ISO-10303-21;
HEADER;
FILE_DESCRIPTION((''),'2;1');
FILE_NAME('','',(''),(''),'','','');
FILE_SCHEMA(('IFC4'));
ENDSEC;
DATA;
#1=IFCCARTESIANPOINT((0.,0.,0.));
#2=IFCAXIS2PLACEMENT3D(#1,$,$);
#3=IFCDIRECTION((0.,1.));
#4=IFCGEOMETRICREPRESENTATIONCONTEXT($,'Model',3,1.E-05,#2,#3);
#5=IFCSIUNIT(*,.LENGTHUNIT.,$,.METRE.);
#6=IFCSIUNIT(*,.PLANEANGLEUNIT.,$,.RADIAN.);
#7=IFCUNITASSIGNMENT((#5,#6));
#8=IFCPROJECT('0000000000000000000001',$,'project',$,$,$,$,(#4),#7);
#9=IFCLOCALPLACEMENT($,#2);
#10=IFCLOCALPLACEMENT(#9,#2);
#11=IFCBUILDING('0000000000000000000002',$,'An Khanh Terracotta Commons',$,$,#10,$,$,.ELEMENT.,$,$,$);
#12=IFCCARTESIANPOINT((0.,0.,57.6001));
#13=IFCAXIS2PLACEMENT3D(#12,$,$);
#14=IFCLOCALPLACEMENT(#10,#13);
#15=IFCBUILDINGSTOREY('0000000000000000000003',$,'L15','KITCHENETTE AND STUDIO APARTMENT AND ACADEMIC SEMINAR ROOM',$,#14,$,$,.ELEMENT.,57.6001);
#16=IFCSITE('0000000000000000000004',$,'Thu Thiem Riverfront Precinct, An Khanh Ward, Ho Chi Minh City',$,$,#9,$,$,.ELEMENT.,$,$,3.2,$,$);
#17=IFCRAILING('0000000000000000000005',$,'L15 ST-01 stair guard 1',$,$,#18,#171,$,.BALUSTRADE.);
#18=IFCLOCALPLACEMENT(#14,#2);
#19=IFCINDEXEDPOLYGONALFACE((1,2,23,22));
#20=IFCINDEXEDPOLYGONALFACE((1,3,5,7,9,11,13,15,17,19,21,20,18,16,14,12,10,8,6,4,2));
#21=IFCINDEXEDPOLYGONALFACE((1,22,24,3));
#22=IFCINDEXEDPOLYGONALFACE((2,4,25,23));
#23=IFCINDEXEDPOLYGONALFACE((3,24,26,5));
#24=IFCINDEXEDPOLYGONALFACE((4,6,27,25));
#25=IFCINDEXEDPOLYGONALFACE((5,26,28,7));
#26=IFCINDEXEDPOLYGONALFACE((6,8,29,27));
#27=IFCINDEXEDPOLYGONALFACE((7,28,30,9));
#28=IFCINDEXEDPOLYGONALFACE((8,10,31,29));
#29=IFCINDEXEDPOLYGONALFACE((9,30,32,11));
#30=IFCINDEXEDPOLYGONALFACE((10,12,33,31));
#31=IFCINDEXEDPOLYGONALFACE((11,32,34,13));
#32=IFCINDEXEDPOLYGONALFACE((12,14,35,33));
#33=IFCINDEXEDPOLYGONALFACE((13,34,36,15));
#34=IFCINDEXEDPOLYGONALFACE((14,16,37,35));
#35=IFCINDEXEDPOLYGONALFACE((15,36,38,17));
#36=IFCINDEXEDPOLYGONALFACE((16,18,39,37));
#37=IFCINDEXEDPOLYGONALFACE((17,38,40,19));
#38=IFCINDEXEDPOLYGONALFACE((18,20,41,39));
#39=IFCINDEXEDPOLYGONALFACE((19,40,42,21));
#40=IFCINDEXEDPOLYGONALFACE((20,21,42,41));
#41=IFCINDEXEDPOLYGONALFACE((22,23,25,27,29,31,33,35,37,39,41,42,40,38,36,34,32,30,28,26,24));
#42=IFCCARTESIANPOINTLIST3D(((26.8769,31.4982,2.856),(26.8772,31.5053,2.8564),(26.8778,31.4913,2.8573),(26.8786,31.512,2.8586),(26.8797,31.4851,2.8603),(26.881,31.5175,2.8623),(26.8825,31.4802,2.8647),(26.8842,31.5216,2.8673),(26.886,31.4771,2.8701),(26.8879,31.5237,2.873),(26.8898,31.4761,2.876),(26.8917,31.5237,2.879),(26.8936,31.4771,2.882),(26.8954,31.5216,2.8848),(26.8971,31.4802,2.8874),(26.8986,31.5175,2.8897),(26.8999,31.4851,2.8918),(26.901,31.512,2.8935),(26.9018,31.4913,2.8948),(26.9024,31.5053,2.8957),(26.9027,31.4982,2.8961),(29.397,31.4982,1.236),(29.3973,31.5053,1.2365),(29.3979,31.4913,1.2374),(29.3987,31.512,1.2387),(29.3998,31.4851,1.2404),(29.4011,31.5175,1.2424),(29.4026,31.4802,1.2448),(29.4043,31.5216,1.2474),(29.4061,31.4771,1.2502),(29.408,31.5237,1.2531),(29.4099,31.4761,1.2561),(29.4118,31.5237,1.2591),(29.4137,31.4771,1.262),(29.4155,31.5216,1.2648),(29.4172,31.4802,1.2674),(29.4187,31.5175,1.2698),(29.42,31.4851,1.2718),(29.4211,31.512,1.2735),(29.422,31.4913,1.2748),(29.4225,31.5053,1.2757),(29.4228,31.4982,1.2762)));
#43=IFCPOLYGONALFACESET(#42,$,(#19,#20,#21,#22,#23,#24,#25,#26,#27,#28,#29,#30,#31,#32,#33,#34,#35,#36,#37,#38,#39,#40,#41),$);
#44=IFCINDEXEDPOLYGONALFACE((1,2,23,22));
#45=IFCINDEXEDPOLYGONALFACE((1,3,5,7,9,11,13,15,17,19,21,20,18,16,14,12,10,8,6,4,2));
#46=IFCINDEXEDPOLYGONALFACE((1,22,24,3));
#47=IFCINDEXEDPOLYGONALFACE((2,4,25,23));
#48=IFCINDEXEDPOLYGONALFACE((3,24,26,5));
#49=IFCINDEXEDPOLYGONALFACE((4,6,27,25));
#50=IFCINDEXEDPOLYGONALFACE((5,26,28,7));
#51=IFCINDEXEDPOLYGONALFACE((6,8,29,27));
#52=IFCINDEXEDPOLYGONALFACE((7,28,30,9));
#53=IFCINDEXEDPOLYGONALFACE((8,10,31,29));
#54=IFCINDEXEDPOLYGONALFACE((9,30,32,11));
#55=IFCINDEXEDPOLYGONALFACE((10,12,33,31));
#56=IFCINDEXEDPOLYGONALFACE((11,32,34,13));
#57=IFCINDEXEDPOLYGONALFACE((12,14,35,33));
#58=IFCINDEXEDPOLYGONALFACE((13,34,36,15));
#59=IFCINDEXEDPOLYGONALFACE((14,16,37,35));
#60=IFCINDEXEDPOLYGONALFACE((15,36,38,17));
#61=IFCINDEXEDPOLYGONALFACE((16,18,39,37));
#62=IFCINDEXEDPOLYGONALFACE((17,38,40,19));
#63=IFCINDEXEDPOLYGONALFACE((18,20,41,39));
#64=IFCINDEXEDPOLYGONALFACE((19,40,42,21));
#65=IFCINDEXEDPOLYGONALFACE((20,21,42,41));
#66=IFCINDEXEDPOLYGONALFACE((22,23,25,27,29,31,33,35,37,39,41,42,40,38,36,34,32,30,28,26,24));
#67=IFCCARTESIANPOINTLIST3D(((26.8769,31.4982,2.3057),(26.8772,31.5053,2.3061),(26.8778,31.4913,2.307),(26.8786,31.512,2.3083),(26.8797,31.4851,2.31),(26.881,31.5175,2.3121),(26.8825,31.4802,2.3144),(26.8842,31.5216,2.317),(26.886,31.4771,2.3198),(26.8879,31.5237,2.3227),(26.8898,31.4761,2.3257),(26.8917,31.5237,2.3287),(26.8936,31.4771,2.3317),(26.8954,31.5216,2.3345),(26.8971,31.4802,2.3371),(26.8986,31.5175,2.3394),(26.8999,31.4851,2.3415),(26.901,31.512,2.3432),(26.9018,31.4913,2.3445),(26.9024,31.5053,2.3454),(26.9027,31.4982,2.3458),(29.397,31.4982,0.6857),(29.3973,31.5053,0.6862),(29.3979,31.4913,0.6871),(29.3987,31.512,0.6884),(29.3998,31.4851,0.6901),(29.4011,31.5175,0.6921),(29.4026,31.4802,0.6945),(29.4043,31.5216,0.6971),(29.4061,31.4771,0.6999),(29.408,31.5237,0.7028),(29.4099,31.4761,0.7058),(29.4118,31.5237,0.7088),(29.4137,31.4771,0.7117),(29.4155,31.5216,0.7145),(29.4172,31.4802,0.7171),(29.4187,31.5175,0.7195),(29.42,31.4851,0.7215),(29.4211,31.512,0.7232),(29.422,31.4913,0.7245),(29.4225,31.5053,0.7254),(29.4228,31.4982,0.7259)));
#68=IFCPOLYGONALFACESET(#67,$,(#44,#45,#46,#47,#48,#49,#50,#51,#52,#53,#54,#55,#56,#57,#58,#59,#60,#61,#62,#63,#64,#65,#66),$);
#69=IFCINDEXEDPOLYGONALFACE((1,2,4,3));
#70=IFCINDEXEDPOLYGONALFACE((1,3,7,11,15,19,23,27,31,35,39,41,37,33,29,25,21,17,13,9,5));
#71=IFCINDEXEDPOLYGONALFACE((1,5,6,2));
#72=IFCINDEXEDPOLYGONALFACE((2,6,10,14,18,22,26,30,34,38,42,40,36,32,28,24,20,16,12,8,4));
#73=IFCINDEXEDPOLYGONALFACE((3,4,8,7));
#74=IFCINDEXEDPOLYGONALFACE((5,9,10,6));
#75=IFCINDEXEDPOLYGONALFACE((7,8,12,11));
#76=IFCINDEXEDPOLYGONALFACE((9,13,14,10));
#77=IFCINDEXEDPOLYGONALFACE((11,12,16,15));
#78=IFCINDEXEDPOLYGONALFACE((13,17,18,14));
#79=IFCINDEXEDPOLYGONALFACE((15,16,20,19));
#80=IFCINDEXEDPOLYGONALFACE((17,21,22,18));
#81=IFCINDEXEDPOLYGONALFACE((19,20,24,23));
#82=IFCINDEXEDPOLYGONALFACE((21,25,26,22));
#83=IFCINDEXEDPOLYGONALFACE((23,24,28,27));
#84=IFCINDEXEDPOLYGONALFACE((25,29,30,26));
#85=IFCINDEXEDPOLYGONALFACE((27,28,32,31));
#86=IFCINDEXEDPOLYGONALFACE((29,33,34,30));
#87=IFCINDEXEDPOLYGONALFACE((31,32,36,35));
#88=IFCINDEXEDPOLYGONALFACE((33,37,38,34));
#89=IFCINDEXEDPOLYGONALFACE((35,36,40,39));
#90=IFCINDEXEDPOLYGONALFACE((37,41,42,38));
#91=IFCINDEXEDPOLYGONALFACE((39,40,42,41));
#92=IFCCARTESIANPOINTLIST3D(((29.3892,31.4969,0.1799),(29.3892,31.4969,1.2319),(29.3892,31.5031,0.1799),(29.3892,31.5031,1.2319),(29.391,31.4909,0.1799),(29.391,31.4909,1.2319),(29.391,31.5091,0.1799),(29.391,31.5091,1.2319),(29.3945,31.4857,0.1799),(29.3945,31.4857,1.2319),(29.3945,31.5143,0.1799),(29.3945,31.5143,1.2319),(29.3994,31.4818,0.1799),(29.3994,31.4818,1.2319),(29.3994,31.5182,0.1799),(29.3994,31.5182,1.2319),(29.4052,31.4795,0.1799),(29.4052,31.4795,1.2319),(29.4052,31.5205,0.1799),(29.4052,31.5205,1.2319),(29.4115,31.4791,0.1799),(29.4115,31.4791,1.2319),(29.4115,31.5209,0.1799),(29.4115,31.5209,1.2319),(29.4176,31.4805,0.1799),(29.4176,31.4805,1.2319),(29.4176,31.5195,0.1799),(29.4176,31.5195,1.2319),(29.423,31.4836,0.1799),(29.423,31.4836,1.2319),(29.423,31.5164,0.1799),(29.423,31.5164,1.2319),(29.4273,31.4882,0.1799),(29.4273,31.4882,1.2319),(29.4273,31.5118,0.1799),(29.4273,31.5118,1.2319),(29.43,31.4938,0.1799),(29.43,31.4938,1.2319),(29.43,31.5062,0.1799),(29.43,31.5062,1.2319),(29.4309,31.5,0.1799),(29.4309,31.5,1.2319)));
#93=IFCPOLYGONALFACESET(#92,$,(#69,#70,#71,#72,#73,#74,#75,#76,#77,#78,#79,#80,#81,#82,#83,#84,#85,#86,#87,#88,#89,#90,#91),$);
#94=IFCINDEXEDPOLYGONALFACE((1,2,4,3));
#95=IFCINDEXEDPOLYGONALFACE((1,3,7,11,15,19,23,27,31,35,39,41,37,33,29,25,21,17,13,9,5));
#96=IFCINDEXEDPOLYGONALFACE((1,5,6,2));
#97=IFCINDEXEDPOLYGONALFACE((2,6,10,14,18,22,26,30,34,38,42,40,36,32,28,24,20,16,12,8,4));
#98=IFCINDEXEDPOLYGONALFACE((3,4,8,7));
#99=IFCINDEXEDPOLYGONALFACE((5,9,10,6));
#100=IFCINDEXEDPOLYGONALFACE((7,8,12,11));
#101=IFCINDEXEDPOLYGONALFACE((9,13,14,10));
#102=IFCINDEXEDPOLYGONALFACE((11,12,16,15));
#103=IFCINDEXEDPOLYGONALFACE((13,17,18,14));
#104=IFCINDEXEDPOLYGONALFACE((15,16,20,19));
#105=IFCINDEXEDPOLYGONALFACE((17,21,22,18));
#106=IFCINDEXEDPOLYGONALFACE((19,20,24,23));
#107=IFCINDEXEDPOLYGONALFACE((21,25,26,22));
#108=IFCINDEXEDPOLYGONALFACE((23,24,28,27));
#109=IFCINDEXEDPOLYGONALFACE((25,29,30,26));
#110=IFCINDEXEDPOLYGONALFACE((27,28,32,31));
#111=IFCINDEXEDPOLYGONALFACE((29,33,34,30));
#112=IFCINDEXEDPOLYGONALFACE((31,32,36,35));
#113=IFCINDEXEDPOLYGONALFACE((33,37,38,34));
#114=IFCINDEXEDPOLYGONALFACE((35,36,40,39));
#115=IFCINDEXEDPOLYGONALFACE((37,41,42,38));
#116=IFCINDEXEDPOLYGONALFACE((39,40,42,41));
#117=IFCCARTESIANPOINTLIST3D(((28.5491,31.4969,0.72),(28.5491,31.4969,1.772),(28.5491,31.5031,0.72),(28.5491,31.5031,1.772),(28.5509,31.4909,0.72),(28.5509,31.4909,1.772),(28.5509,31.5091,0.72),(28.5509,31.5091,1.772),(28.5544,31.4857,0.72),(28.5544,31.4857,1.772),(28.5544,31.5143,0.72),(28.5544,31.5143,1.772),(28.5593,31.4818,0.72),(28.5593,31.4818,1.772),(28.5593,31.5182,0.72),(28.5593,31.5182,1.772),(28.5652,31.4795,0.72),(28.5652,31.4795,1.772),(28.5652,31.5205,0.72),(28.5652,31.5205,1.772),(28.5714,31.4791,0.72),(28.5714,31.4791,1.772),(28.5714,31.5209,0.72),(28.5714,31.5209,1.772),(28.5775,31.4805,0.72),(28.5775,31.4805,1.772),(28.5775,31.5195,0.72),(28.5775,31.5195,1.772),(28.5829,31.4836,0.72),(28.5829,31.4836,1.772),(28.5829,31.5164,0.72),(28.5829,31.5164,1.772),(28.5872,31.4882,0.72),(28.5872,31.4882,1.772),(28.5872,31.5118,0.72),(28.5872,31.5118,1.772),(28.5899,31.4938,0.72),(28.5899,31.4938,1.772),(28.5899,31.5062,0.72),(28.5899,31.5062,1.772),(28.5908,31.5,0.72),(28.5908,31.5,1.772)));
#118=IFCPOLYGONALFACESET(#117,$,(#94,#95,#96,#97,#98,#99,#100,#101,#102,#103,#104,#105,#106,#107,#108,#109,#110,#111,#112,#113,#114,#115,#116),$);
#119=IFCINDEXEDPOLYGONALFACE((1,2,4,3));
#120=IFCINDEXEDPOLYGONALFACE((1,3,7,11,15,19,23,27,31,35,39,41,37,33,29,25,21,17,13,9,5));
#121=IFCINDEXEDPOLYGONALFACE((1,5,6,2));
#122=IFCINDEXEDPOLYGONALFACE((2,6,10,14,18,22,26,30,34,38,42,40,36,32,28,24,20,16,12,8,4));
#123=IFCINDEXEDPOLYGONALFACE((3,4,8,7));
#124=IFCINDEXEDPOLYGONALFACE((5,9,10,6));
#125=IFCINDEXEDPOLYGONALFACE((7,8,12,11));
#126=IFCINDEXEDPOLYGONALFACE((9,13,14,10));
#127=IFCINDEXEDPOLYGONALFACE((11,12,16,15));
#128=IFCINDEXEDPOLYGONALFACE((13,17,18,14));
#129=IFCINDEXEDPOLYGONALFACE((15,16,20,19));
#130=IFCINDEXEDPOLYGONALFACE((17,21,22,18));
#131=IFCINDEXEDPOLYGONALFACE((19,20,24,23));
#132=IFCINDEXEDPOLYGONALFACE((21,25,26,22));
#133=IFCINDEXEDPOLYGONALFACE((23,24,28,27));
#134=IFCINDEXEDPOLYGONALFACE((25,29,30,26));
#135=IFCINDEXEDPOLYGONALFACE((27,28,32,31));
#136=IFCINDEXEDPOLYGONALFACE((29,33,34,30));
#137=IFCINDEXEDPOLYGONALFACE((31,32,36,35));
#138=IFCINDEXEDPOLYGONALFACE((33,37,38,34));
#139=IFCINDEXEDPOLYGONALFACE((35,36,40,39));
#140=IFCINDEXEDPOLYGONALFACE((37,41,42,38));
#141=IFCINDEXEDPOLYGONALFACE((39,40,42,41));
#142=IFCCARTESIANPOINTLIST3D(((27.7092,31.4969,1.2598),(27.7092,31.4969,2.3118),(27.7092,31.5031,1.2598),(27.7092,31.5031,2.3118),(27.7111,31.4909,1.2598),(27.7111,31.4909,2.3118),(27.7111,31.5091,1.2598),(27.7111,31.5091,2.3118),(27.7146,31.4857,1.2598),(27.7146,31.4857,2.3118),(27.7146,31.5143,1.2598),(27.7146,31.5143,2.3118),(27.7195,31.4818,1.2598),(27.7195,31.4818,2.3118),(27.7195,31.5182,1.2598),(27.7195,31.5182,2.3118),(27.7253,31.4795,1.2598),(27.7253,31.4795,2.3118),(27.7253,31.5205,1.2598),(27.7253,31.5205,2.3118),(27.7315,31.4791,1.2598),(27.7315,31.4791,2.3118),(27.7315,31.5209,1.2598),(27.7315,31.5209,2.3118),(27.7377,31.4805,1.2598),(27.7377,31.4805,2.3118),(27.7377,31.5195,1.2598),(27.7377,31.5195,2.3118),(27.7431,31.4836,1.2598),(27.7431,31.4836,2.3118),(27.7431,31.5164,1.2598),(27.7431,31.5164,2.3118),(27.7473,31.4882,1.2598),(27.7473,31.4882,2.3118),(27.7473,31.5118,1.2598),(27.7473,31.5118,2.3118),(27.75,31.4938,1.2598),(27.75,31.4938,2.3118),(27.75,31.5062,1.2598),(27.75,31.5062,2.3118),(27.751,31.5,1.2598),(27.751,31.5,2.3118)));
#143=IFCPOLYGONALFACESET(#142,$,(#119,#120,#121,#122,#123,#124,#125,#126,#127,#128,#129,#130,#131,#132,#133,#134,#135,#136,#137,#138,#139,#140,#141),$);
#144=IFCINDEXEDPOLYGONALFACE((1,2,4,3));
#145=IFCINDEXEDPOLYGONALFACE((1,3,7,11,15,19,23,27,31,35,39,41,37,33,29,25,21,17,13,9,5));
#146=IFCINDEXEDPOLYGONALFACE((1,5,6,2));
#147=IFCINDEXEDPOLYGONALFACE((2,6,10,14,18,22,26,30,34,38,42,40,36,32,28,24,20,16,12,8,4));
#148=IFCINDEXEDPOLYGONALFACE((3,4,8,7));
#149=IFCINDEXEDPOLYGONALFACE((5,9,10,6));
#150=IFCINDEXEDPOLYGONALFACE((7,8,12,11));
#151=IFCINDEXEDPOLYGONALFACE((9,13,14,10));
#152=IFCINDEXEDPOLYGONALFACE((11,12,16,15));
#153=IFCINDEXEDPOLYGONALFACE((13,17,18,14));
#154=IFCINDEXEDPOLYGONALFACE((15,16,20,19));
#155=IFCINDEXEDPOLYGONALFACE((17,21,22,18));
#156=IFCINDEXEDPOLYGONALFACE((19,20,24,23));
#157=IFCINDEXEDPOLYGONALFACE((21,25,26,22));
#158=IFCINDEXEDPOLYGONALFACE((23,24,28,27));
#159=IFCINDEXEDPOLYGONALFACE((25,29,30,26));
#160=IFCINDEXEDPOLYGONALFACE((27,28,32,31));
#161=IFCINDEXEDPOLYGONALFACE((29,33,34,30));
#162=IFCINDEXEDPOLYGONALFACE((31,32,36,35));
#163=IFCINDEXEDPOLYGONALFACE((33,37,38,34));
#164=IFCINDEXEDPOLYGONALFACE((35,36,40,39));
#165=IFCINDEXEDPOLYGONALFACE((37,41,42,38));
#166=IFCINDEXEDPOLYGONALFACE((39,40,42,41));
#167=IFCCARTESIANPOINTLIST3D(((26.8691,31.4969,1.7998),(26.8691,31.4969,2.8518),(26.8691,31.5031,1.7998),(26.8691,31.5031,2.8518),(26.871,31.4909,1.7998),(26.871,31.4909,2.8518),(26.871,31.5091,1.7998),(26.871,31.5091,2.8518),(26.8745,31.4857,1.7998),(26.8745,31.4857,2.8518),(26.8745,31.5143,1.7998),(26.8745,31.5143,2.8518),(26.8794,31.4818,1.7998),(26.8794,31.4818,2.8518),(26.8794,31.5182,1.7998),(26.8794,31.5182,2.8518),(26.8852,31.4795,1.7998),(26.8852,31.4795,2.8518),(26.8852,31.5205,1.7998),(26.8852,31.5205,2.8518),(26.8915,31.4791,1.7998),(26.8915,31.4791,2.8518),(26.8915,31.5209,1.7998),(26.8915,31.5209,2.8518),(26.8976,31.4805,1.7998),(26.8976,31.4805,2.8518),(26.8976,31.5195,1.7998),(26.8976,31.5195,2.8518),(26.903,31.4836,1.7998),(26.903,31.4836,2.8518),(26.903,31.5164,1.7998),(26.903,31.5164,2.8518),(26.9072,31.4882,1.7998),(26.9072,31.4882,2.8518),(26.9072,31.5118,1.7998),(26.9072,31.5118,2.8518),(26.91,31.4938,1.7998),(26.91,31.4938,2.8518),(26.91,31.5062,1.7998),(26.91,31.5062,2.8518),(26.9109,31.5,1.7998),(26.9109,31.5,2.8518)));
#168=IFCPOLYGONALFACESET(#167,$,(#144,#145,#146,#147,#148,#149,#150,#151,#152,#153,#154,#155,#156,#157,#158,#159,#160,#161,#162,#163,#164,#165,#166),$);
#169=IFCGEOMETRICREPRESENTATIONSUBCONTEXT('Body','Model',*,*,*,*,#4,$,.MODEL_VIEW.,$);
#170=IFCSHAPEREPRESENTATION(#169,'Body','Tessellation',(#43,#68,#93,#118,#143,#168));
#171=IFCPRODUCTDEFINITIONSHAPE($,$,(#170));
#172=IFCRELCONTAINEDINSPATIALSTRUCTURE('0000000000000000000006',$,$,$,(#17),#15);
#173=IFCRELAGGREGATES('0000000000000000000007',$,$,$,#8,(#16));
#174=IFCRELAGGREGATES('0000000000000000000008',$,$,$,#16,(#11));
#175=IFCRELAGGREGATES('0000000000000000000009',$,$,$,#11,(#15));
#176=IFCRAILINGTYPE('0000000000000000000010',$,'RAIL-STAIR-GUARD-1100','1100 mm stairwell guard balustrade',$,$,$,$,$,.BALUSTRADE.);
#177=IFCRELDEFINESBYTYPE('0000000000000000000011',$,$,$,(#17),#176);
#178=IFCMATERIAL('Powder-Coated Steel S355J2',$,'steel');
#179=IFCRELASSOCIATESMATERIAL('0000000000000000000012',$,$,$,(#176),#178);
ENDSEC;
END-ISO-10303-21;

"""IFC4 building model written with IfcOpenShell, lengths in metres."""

from ifc_helpers import new_model, si_unit, direction, frame, origin, origin_2d, place, context, subcontext, project, spatial, circle, extrude, material, type_object, element, save


model = new_model("IFC4")

# Units and contexts
model_context = context("Model", 3, precision=1e-05, world=origin(), true_north=direction((0.0, 1.0)))
body_context = subcontext(model_context, "Body", "Model", "MODEL_VIEW")
ifc_project = project(units=[si_unit("LENGTHUNIT", "METRE"), si_unit("PLANEANGLEUNIT", "RADIAN")], contexts=[model_context])

# Site, building, storey
site_placement = place(None, origin())
site = spatial("IfcSite", under=ifc_project, at=site_placement, Name="Thu Thiem Riverfront Precinct, An Khanh Ward, Ho Chi Minh City", CompositionType="ELEMENT", RefElevation=3.2)
building_placement = place(site_placement, origin())
building = spatial("IfcBuilding", under=site, at=building_placement, Name="An Khanh Terracotta Commons", CompositionType="ELEMENT")
storey_placement = place(building_placement, frame((0.0, 0.0, 57.6001)))
storey = spatial("IfcBuildingStorey", under=building, at=storey_placement, Name="L15", Description="KITCHENETTE AND STUDIO APARTMENT AND ACADEMIC SEMINAR ROOM", CompositionType="ELEMENT", Elevation=57.6001)

# Railing
ifc_material_1 = material(Name="Powder-Coated Steel S355J2", Category="steel")
railing_type_1 = type_object("IfcRailingType", Name="RAIL-STAIR-GUARD-1100", Description="1100 mm stairwell guard balustrade", PredefinedType="BALUSTRADE", material=ifc_material_1)
railing_1_placement = place(storey_placement, frame((29.4099, 31.5, 0.1799)))
element("IfcRailing", 1, at=railing_1_placement, inside=storey, type_object=railing_type_1, Name="L15 ST-01 stair guard 1", PredefinedType="BALUSTRADE", context=body_context, shape_type="SweptSolid", body=[
    extrude(circle(Radius=0.0239, at=origin_2d()), frame((0.0, 0.0, 1.0762), z_axis=(-0.8412, 0.0, 0.540725), x_axis=(0.0, -1.0, 0.0)), (0.0, 0.0, 1.0), 2.9958),
    extrude(circle(Radius=0.0239, at=origin_2d()), frame((0.0, 0.0, 0.5259), z_axis=(-0.8412, 0.0, 0.540725), x_axis=(0.0, -1.0, 0.0)), (0.0, 0.0, 1.0), 2.9958),
    extrude(circle(Radius=0.021, at=origin_2d()), origin(), (0.0, 0.0, 1.0), 1.052),
    extrude(circle(Radius=0.021, at=origin_2d()), frame((-0.8401, 0.0, 0.54)), (0.0, 0.0, 1.0), 1.052),
    extrude(circle(Radius=0.021, at=origin_2d()), frame((-1.6799, 0.0, 1.0798)), (0.0, 0.0, 1.0), 1.052),
    extrude(circle(Radius=0.021, at=origin_2d()), frame((-2.52, 0.0, 1.6199)), (0.0, 0.0, 1.0), 1.052),
])

save(model, "model.ifc")
